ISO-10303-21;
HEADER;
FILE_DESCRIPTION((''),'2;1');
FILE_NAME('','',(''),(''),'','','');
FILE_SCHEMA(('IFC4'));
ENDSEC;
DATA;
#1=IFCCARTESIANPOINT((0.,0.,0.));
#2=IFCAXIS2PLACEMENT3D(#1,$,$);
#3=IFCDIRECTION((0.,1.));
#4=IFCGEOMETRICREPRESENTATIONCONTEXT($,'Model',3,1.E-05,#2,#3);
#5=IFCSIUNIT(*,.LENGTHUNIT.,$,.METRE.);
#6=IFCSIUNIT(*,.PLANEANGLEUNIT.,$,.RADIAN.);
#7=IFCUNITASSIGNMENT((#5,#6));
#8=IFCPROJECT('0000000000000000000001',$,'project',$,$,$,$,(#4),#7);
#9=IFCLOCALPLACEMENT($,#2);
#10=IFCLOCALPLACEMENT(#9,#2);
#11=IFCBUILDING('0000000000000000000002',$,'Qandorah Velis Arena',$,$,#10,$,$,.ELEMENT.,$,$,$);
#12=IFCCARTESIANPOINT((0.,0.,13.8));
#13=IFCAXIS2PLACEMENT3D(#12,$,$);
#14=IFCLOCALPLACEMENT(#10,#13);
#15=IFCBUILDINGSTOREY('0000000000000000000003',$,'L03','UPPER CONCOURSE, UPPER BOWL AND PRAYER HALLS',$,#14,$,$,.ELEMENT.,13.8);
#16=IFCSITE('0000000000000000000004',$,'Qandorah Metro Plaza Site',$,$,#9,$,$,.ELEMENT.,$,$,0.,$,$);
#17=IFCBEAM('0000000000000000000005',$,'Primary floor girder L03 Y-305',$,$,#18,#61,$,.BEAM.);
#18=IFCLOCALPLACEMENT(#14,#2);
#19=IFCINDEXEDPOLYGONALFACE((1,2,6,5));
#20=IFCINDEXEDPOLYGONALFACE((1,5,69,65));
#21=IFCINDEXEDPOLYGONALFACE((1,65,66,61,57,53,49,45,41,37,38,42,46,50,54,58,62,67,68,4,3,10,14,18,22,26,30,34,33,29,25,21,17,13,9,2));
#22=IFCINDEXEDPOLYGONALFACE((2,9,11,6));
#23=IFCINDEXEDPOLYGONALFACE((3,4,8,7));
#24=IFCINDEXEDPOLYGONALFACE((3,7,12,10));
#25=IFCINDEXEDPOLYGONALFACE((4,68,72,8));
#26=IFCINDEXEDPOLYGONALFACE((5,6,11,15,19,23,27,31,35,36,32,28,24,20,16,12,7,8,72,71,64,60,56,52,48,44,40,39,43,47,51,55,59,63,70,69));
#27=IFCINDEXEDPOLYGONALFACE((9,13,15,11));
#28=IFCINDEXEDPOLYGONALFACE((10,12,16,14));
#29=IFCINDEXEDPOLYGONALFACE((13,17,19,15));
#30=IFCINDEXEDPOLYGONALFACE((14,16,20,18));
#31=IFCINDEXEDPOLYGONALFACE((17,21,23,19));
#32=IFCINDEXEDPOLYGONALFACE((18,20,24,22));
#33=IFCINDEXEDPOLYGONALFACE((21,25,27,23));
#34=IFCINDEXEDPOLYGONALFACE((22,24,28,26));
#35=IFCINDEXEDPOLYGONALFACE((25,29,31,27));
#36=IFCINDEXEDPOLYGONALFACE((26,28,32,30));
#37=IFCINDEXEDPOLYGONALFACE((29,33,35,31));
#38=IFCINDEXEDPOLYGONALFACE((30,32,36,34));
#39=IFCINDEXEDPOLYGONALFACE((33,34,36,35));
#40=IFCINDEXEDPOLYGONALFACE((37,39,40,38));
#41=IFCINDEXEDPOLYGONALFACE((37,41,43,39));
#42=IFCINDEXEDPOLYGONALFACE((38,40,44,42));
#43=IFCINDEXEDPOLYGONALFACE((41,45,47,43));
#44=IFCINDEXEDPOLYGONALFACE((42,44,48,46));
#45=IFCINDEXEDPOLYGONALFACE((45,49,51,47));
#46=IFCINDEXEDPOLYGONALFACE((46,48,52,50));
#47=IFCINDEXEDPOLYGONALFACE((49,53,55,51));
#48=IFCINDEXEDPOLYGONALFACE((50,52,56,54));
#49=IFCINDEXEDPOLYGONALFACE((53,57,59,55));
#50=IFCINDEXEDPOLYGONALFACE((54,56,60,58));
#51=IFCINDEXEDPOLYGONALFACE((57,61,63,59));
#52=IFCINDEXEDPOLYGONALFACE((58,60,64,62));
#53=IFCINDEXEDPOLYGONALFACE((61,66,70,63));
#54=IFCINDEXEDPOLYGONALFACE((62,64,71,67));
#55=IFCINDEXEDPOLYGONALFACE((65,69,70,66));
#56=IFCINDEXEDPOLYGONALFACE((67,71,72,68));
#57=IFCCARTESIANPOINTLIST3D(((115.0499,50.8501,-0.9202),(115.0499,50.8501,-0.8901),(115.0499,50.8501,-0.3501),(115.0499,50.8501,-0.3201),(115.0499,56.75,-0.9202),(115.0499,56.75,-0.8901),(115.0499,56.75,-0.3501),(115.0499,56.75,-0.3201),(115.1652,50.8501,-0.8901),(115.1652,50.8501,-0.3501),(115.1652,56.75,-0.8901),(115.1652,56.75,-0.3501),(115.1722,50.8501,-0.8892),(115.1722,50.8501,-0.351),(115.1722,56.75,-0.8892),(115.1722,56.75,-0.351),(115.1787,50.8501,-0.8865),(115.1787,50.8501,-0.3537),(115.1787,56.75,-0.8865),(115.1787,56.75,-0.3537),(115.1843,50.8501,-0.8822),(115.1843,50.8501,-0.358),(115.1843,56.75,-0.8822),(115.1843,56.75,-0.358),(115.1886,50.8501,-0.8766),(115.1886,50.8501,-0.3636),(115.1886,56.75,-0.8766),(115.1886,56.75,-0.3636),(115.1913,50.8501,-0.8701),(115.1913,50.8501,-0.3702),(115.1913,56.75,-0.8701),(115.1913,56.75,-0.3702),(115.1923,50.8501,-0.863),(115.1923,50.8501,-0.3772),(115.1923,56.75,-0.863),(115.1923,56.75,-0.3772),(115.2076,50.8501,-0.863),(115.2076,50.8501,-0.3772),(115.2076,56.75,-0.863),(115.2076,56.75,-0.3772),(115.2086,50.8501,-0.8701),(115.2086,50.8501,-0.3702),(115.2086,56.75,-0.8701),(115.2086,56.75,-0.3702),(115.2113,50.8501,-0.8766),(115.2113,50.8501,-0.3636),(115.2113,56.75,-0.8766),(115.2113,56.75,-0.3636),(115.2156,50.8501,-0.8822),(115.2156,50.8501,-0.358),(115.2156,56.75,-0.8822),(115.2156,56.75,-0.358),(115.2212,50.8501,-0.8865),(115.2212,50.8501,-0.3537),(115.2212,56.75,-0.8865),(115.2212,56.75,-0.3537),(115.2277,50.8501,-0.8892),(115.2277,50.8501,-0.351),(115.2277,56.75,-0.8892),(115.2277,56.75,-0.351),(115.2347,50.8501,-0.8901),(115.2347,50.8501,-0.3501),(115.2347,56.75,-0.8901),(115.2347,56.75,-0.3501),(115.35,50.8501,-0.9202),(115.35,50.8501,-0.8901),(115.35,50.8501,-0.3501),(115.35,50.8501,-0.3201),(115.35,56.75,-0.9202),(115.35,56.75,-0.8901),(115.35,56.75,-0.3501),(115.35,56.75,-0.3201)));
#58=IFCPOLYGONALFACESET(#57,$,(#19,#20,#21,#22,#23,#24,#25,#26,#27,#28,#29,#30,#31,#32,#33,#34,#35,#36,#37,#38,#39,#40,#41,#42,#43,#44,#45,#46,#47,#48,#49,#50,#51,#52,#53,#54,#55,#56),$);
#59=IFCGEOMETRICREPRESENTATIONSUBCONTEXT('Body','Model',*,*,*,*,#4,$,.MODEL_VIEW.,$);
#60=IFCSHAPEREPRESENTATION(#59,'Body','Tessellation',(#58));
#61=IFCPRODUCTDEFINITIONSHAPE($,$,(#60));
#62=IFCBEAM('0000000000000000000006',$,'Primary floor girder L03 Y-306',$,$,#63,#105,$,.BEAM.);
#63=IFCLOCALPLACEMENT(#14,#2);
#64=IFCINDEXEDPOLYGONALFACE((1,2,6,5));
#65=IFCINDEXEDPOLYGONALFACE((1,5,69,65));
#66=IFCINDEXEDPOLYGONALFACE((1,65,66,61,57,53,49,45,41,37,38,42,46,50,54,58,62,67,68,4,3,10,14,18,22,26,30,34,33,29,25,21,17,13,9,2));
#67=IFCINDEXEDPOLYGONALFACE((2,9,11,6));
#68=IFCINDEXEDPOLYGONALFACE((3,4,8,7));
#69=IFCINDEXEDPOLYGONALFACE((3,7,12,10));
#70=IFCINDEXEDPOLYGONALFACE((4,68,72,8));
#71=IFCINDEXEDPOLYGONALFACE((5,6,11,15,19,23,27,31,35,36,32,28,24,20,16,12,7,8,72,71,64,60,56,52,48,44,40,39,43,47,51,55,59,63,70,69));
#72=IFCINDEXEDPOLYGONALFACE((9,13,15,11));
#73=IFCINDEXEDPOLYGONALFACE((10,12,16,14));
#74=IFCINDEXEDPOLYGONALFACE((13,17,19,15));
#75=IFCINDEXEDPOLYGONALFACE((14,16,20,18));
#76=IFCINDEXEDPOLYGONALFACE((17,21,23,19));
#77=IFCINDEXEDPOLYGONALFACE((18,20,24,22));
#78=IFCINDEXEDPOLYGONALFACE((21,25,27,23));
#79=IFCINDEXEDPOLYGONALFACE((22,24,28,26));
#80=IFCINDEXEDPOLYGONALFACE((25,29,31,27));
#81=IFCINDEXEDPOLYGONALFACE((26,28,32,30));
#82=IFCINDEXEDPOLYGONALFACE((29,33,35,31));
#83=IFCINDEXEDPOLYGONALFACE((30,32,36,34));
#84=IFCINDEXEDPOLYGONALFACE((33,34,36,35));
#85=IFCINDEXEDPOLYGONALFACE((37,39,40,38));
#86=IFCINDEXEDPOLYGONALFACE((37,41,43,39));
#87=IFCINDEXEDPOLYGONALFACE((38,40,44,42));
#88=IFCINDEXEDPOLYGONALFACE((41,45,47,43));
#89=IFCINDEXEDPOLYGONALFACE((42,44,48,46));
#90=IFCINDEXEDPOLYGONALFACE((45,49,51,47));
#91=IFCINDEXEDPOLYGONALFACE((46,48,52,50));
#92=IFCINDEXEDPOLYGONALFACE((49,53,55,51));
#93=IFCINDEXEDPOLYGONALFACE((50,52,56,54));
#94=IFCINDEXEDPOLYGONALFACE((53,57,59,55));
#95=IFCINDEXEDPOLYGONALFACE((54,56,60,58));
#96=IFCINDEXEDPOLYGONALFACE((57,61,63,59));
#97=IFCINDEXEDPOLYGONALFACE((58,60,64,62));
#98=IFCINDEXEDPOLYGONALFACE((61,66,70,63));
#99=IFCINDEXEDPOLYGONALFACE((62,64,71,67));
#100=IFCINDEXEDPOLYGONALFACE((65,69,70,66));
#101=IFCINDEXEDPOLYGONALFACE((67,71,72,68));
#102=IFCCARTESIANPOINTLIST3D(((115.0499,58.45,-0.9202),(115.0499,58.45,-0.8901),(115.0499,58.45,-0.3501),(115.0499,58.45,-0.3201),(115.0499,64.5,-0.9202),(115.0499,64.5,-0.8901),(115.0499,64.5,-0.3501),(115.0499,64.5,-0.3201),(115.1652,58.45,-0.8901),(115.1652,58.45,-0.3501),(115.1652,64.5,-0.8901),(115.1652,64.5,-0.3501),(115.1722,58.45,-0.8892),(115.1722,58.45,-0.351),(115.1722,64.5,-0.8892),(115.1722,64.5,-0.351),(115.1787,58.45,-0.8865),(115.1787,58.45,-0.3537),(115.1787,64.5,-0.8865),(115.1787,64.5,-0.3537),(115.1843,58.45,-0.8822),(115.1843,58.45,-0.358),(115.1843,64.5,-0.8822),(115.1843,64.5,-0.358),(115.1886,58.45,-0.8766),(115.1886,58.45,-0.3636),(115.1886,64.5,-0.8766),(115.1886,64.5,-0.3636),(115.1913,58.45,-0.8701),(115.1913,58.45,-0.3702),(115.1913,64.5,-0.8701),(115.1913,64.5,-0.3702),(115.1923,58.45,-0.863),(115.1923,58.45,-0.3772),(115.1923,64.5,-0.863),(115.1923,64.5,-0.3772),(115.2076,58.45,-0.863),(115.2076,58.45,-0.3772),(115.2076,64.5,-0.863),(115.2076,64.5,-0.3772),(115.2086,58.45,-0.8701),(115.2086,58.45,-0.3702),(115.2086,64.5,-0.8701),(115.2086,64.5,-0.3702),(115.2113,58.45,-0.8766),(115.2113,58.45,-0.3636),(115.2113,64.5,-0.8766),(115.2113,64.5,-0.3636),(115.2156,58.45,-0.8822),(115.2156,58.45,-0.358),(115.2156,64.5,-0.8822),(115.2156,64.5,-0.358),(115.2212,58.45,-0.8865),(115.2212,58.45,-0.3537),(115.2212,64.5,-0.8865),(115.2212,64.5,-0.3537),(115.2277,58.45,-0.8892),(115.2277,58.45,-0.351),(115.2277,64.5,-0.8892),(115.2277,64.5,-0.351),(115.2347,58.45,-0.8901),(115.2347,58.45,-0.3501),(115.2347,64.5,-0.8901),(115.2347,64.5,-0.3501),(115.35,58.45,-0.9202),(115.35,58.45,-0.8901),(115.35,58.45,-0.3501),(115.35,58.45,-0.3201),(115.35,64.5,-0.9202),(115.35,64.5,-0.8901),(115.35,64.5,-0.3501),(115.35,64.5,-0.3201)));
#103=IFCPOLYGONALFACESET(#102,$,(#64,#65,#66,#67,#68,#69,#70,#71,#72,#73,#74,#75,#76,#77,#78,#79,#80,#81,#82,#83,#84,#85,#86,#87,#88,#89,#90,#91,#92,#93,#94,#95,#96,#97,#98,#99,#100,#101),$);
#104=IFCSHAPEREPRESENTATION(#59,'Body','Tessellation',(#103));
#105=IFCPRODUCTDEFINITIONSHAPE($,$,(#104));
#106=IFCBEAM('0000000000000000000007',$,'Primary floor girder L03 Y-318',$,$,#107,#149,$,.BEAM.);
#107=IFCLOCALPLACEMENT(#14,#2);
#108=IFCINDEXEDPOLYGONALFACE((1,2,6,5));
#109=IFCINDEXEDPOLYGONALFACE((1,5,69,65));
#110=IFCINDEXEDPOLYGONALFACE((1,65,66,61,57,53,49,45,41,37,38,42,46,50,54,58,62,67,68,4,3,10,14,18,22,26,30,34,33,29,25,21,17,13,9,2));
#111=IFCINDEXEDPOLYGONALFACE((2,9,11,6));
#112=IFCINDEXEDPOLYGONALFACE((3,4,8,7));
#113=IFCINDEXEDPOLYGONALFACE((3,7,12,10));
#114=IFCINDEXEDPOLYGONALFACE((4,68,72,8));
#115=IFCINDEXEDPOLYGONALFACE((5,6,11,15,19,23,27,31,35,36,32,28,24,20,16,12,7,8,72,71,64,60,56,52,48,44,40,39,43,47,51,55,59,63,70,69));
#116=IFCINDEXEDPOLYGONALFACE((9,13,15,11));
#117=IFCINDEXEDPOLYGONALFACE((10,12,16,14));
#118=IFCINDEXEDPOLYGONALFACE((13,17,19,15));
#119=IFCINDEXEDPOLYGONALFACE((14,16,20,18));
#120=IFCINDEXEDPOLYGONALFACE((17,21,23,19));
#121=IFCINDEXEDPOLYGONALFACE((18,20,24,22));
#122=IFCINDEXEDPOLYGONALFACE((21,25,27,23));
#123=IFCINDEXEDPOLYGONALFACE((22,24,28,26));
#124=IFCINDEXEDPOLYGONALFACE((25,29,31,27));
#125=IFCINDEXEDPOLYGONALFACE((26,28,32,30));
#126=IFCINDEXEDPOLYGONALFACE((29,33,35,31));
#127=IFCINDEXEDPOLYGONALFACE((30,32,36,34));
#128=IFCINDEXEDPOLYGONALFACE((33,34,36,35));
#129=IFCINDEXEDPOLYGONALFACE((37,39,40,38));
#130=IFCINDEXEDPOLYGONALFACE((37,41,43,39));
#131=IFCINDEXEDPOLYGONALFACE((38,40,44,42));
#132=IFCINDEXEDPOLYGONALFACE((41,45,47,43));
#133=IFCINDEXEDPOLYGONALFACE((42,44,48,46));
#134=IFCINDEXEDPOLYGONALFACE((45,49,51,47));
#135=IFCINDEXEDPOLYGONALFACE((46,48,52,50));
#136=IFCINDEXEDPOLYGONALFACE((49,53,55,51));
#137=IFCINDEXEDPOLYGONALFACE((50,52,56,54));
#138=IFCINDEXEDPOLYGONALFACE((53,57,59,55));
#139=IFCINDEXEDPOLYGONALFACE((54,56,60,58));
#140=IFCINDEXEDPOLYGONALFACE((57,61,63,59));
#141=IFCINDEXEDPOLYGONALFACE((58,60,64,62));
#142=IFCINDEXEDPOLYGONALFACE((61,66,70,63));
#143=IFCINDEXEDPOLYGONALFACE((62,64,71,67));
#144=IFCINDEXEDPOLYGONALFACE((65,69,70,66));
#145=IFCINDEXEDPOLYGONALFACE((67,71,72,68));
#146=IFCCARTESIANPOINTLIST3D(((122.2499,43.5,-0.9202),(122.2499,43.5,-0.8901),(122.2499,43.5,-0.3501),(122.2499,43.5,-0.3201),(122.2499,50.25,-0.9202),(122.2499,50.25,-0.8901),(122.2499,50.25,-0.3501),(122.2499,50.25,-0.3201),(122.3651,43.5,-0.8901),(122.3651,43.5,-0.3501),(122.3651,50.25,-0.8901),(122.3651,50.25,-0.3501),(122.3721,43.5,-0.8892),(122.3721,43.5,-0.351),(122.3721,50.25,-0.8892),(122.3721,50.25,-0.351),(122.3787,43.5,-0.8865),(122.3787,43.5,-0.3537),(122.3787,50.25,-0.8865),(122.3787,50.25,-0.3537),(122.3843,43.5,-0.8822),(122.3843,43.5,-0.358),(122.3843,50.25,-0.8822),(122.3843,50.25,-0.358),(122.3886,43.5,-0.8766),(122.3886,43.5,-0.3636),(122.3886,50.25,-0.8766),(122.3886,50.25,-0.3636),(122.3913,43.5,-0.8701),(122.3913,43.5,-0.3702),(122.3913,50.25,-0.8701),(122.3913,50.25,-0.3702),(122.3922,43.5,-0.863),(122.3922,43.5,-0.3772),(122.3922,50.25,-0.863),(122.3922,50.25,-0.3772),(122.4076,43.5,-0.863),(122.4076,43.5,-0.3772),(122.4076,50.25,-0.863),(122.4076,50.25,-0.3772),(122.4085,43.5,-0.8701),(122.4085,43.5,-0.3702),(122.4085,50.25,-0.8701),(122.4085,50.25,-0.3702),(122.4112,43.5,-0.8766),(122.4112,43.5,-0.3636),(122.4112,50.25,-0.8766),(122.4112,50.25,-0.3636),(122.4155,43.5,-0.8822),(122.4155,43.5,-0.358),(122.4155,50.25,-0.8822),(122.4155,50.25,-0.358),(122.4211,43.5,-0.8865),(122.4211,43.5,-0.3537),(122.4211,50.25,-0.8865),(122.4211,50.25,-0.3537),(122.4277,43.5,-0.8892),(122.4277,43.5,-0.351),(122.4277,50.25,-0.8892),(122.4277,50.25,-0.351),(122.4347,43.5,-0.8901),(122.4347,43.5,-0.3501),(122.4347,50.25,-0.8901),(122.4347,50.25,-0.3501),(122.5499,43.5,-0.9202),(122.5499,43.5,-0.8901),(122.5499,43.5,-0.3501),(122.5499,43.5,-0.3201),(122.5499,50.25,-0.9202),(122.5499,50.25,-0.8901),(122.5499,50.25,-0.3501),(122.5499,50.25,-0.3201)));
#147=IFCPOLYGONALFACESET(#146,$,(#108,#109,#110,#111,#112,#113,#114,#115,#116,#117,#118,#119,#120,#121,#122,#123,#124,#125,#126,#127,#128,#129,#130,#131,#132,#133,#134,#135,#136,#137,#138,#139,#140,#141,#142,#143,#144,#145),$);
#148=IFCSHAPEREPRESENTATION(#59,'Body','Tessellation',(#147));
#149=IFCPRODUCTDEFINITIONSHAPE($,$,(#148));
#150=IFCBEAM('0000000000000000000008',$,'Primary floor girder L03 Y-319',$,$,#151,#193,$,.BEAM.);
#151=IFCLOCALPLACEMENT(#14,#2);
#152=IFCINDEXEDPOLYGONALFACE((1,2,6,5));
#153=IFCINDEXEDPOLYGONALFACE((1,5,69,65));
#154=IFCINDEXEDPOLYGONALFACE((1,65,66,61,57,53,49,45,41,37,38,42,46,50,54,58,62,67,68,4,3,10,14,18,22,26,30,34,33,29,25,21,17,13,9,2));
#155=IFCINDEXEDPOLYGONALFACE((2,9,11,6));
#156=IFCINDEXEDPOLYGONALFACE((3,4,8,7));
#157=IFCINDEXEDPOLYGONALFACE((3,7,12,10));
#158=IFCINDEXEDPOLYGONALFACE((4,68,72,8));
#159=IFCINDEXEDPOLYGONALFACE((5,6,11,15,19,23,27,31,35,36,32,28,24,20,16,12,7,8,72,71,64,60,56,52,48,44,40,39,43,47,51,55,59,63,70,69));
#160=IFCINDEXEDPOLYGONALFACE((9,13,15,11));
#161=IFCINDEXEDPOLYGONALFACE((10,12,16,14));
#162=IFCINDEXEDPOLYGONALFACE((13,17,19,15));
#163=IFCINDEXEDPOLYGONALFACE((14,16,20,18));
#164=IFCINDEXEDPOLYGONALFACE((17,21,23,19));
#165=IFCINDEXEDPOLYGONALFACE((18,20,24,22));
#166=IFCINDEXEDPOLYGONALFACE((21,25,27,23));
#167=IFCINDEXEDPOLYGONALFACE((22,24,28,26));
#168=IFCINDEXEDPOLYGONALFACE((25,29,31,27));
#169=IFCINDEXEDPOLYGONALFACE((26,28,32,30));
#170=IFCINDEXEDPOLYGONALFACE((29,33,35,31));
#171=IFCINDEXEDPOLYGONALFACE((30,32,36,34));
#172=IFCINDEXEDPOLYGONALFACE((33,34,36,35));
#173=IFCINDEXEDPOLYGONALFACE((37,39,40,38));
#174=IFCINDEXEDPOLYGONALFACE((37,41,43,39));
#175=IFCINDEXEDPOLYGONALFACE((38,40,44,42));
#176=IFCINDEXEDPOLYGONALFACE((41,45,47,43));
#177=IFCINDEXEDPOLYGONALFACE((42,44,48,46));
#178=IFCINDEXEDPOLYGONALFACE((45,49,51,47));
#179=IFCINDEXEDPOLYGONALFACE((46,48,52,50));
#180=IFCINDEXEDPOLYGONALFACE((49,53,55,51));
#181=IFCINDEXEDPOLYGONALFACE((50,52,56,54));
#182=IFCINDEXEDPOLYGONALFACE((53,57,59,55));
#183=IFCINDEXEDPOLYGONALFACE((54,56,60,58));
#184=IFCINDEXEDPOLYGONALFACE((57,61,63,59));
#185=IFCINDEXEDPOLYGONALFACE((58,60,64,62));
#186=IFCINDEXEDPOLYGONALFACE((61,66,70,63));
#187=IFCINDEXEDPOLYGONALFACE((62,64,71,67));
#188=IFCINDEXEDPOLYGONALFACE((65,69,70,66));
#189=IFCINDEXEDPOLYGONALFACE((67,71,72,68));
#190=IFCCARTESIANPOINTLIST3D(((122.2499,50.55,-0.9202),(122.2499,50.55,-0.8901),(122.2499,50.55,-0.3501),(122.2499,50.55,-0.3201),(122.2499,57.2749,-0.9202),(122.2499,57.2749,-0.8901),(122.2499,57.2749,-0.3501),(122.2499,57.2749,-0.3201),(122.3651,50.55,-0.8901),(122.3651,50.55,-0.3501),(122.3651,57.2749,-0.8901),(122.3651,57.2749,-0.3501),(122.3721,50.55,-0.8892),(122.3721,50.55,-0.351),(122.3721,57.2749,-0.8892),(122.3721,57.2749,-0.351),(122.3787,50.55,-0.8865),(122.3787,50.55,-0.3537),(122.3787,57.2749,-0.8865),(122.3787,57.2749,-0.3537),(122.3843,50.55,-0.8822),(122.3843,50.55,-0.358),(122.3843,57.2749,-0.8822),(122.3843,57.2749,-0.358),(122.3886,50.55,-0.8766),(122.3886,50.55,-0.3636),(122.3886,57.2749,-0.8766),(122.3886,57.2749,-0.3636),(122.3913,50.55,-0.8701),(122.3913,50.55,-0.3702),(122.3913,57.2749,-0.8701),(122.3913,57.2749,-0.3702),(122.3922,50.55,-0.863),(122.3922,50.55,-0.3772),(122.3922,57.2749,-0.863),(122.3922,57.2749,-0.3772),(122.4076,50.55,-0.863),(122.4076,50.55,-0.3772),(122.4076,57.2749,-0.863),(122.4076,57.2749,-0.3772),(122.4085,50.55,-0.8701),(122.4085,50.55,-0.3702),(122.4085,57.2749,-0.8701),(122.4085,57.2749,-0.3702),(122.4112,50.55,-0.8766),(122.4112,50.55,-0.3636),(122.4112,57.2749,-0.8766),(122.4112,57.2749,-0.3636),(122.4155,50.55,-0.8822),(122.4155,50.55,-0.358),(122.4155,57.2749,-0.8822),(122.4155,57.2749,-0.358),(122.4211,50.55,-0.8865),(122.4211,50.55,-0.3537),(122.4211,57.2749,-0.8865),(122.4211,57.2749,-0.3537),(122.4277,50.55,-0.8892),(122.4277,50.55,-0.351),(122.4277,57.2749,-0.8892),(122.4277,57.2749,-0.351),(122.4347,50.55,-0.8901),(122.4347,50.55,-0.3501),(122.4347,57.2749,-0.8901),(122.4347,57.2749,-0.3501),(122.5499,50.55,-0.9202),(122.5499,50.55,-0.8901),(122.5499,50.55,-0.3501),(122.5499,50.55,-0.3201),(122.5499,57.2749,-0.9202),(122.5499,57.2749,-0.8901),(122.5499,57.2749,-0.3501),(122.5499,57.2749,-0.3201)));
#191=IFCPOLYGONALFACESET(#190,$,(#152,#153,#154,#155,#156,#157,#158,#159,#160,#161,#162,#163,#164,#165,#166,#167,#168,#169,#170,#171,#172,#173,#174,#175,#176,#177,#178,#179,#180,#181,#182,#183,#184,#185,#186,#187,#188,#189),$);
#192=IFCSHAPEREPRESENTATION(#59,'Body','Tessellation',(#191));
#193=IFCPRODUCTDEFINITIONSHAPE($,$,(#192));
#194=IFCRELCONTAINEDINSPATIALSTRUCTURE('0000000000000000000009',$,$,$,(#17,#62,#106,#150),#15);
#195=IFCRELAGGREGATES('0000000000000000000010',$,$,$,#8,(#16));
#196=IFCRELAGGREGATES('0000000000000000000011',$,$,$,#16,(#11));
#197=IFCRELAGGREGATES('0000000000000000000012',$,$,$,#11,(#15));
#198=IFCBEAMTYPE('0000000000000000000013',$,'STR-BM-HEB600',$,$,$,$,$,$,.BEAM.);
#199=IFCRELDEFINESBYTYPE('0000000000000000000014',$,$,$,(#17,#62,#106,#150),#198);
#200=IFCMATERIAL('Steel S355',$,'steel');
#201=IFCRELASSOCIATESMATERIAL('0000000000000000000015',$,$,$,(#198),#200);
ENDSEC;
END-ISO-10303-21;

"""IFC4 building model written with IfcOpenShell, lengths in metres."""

from ifc_helpers import new_model, si_unit, direction, frame, origin, origin_2d, place, context, subcontext, project, spatial, i_section, extrude, material, material_profile, profile_set, type_object, element, save


model = new_model("IFC4")

# Units and contexts
model_context = context("Model", 3, precision=1e-05, world=origin(), true_north=direction((0.0, 1.0)))
body_context = subcontext(model_context, "Body", "Model", "MODEL_VIEW")
ifc_project = project(units=[si_unit("LENGTHUNIT", "METRE"), si_unit("PLANEANGLEUNIT", "RADIAN")], contexts=[model_context])

# Site, building, storey
site_placement = place(None, origin())
site = spatial("IfcSite", under=ifc_project, at=site_placement, Name="Qandorah Metro Plaza Site", CompositionType="ELEMENT", RefElevation=0.0)
building_placement = place(site_placement, origin())
building = spatial("IfcBuilding", under=site, at=building_placement, Name="Qandorah Velis Arena", CompositionType="ELEMENT")
storey_placement = place(building_placement, frame((0.0, 0.0, 13.8)))
storey = spatial("IfcBuildingStorey", under=building, at=storey_placement, Name="L03", Description="UPPER CONCOURSE, UPPER BOWL AND PRAYER HALLS", CompositionType="ELEMENT", Elevation=13.8)

# Beams
ifc_material_1 = material(Name="Steel S355", Category="steel")
ifc_material_profile_1 = material_profile(ifc_material_1, i_section(OverallWidth=0.3, OverallDepth=0.6001, WebThickness=0.0154, FlangeThickness=0.03, FilletRadius=0.0271, at=origin_2d()), Name="HEB 600")
ifc_profile_set_1 = profile_set([ifc_material_profile_1], Name="Steel S355")
beam_type_1 = type_object("IfcBeamType", Name="STR-BM-HEB600", PredefinedType="BEAM", material=ifc_profile_set_1)
beam_1_placement = place(storey_placement, frame((115.2, 50.8501, -0.6201), z_axis=(0.0, 1.0, 0.0), x_axis=(-1.0, 0.0, 0.0)))
element("IfcBeam", 1, at=beam_1_placement, inside=storey, type_object=beam_type_1, Name="Primary floor girder L03 Y-305", PredefinedType="BEAM", context=body_context, shape_type="SweptSolid", body=[
    extrude(i_section(OverallWidth=0.3, OverallDepth=0.6001, WebThickness=0.0154, FlangeThickness=0.03, FilletRadius=0.0271, at=origin_2d()), origin(), (0.0, 0.0, 1.0), 5.8999),
])
beam_2_placement = place(storey_placement, frame((115.2, 58.45, -0.6201), z_axis=(0.0, 1.0, 0.0), x_axis=(-1.0, 0.0, 0.0)))
element("IfcBeam", 2, at=beam_2_placement, inside=storey, type_object=beam_type_1, Name="Primary floor girder L03 Y-306", PredefinedType="BEAM", context=body_context, shape_type="SweptSolid", body=[
    extrude(i_section(OverallWidth=0.3, OverallDepth=0.6001, WebThickness=0.0154, FlangeThickness=0.03, FilletRadius=0.0271, at=origin_2d()), origin(), (0.0, 0.0, 1.0), 6.05),
])
beam_3_placement = place(storey_placement, frame((122.3999, 43.5, -0.6201), z_axis=(0.0, 1.0, 0.0), x_axis=(-1.0, 0.0, 0.0)))
element("IfcBeam", 3, at=beam_3_placement, inside=storey, type_object=beam_type_1, Name="Primary floor girder L03 Y-318", PredefinedType="BEAM", context=body_context, shape_type="SweptSolid", body=[
    extrude(i_section(OverallWidth=0.3, OverallDepth=0.6001, WebThickness=0.0154, FlangeThickness=0.03, FilletRadius=0.0271, at=origin_2d()), origin(), (0.0, 0.0, 1.0), 6.75),
])
beam_4_placement = place(storey_placement, frame((122.3999, 50.55, -0.6201), z_axis=(0.0, 1.0, 0.0), x_axis=(-1.0, 0.0, 0.0)))
element("IfcBeam", 4, at=beam_4_placement, inside=storey, type_object=beam_type_1, Name="Primary floor girder L03 Y-319", PredefinedType="BEAM", context=body_context, shape_type="SweptSolid", body=[
    extrude(i_section(OverallWidth=0.3, OverallDepth=0.6001, WebThickness=0.0154, FlangeThickness=0.03, FilletRadius=0.0271, at=origin_2d()), origin(), (0.0, 0.0, 1.0), 6.7249),
])

save(model, "model.ifc")
